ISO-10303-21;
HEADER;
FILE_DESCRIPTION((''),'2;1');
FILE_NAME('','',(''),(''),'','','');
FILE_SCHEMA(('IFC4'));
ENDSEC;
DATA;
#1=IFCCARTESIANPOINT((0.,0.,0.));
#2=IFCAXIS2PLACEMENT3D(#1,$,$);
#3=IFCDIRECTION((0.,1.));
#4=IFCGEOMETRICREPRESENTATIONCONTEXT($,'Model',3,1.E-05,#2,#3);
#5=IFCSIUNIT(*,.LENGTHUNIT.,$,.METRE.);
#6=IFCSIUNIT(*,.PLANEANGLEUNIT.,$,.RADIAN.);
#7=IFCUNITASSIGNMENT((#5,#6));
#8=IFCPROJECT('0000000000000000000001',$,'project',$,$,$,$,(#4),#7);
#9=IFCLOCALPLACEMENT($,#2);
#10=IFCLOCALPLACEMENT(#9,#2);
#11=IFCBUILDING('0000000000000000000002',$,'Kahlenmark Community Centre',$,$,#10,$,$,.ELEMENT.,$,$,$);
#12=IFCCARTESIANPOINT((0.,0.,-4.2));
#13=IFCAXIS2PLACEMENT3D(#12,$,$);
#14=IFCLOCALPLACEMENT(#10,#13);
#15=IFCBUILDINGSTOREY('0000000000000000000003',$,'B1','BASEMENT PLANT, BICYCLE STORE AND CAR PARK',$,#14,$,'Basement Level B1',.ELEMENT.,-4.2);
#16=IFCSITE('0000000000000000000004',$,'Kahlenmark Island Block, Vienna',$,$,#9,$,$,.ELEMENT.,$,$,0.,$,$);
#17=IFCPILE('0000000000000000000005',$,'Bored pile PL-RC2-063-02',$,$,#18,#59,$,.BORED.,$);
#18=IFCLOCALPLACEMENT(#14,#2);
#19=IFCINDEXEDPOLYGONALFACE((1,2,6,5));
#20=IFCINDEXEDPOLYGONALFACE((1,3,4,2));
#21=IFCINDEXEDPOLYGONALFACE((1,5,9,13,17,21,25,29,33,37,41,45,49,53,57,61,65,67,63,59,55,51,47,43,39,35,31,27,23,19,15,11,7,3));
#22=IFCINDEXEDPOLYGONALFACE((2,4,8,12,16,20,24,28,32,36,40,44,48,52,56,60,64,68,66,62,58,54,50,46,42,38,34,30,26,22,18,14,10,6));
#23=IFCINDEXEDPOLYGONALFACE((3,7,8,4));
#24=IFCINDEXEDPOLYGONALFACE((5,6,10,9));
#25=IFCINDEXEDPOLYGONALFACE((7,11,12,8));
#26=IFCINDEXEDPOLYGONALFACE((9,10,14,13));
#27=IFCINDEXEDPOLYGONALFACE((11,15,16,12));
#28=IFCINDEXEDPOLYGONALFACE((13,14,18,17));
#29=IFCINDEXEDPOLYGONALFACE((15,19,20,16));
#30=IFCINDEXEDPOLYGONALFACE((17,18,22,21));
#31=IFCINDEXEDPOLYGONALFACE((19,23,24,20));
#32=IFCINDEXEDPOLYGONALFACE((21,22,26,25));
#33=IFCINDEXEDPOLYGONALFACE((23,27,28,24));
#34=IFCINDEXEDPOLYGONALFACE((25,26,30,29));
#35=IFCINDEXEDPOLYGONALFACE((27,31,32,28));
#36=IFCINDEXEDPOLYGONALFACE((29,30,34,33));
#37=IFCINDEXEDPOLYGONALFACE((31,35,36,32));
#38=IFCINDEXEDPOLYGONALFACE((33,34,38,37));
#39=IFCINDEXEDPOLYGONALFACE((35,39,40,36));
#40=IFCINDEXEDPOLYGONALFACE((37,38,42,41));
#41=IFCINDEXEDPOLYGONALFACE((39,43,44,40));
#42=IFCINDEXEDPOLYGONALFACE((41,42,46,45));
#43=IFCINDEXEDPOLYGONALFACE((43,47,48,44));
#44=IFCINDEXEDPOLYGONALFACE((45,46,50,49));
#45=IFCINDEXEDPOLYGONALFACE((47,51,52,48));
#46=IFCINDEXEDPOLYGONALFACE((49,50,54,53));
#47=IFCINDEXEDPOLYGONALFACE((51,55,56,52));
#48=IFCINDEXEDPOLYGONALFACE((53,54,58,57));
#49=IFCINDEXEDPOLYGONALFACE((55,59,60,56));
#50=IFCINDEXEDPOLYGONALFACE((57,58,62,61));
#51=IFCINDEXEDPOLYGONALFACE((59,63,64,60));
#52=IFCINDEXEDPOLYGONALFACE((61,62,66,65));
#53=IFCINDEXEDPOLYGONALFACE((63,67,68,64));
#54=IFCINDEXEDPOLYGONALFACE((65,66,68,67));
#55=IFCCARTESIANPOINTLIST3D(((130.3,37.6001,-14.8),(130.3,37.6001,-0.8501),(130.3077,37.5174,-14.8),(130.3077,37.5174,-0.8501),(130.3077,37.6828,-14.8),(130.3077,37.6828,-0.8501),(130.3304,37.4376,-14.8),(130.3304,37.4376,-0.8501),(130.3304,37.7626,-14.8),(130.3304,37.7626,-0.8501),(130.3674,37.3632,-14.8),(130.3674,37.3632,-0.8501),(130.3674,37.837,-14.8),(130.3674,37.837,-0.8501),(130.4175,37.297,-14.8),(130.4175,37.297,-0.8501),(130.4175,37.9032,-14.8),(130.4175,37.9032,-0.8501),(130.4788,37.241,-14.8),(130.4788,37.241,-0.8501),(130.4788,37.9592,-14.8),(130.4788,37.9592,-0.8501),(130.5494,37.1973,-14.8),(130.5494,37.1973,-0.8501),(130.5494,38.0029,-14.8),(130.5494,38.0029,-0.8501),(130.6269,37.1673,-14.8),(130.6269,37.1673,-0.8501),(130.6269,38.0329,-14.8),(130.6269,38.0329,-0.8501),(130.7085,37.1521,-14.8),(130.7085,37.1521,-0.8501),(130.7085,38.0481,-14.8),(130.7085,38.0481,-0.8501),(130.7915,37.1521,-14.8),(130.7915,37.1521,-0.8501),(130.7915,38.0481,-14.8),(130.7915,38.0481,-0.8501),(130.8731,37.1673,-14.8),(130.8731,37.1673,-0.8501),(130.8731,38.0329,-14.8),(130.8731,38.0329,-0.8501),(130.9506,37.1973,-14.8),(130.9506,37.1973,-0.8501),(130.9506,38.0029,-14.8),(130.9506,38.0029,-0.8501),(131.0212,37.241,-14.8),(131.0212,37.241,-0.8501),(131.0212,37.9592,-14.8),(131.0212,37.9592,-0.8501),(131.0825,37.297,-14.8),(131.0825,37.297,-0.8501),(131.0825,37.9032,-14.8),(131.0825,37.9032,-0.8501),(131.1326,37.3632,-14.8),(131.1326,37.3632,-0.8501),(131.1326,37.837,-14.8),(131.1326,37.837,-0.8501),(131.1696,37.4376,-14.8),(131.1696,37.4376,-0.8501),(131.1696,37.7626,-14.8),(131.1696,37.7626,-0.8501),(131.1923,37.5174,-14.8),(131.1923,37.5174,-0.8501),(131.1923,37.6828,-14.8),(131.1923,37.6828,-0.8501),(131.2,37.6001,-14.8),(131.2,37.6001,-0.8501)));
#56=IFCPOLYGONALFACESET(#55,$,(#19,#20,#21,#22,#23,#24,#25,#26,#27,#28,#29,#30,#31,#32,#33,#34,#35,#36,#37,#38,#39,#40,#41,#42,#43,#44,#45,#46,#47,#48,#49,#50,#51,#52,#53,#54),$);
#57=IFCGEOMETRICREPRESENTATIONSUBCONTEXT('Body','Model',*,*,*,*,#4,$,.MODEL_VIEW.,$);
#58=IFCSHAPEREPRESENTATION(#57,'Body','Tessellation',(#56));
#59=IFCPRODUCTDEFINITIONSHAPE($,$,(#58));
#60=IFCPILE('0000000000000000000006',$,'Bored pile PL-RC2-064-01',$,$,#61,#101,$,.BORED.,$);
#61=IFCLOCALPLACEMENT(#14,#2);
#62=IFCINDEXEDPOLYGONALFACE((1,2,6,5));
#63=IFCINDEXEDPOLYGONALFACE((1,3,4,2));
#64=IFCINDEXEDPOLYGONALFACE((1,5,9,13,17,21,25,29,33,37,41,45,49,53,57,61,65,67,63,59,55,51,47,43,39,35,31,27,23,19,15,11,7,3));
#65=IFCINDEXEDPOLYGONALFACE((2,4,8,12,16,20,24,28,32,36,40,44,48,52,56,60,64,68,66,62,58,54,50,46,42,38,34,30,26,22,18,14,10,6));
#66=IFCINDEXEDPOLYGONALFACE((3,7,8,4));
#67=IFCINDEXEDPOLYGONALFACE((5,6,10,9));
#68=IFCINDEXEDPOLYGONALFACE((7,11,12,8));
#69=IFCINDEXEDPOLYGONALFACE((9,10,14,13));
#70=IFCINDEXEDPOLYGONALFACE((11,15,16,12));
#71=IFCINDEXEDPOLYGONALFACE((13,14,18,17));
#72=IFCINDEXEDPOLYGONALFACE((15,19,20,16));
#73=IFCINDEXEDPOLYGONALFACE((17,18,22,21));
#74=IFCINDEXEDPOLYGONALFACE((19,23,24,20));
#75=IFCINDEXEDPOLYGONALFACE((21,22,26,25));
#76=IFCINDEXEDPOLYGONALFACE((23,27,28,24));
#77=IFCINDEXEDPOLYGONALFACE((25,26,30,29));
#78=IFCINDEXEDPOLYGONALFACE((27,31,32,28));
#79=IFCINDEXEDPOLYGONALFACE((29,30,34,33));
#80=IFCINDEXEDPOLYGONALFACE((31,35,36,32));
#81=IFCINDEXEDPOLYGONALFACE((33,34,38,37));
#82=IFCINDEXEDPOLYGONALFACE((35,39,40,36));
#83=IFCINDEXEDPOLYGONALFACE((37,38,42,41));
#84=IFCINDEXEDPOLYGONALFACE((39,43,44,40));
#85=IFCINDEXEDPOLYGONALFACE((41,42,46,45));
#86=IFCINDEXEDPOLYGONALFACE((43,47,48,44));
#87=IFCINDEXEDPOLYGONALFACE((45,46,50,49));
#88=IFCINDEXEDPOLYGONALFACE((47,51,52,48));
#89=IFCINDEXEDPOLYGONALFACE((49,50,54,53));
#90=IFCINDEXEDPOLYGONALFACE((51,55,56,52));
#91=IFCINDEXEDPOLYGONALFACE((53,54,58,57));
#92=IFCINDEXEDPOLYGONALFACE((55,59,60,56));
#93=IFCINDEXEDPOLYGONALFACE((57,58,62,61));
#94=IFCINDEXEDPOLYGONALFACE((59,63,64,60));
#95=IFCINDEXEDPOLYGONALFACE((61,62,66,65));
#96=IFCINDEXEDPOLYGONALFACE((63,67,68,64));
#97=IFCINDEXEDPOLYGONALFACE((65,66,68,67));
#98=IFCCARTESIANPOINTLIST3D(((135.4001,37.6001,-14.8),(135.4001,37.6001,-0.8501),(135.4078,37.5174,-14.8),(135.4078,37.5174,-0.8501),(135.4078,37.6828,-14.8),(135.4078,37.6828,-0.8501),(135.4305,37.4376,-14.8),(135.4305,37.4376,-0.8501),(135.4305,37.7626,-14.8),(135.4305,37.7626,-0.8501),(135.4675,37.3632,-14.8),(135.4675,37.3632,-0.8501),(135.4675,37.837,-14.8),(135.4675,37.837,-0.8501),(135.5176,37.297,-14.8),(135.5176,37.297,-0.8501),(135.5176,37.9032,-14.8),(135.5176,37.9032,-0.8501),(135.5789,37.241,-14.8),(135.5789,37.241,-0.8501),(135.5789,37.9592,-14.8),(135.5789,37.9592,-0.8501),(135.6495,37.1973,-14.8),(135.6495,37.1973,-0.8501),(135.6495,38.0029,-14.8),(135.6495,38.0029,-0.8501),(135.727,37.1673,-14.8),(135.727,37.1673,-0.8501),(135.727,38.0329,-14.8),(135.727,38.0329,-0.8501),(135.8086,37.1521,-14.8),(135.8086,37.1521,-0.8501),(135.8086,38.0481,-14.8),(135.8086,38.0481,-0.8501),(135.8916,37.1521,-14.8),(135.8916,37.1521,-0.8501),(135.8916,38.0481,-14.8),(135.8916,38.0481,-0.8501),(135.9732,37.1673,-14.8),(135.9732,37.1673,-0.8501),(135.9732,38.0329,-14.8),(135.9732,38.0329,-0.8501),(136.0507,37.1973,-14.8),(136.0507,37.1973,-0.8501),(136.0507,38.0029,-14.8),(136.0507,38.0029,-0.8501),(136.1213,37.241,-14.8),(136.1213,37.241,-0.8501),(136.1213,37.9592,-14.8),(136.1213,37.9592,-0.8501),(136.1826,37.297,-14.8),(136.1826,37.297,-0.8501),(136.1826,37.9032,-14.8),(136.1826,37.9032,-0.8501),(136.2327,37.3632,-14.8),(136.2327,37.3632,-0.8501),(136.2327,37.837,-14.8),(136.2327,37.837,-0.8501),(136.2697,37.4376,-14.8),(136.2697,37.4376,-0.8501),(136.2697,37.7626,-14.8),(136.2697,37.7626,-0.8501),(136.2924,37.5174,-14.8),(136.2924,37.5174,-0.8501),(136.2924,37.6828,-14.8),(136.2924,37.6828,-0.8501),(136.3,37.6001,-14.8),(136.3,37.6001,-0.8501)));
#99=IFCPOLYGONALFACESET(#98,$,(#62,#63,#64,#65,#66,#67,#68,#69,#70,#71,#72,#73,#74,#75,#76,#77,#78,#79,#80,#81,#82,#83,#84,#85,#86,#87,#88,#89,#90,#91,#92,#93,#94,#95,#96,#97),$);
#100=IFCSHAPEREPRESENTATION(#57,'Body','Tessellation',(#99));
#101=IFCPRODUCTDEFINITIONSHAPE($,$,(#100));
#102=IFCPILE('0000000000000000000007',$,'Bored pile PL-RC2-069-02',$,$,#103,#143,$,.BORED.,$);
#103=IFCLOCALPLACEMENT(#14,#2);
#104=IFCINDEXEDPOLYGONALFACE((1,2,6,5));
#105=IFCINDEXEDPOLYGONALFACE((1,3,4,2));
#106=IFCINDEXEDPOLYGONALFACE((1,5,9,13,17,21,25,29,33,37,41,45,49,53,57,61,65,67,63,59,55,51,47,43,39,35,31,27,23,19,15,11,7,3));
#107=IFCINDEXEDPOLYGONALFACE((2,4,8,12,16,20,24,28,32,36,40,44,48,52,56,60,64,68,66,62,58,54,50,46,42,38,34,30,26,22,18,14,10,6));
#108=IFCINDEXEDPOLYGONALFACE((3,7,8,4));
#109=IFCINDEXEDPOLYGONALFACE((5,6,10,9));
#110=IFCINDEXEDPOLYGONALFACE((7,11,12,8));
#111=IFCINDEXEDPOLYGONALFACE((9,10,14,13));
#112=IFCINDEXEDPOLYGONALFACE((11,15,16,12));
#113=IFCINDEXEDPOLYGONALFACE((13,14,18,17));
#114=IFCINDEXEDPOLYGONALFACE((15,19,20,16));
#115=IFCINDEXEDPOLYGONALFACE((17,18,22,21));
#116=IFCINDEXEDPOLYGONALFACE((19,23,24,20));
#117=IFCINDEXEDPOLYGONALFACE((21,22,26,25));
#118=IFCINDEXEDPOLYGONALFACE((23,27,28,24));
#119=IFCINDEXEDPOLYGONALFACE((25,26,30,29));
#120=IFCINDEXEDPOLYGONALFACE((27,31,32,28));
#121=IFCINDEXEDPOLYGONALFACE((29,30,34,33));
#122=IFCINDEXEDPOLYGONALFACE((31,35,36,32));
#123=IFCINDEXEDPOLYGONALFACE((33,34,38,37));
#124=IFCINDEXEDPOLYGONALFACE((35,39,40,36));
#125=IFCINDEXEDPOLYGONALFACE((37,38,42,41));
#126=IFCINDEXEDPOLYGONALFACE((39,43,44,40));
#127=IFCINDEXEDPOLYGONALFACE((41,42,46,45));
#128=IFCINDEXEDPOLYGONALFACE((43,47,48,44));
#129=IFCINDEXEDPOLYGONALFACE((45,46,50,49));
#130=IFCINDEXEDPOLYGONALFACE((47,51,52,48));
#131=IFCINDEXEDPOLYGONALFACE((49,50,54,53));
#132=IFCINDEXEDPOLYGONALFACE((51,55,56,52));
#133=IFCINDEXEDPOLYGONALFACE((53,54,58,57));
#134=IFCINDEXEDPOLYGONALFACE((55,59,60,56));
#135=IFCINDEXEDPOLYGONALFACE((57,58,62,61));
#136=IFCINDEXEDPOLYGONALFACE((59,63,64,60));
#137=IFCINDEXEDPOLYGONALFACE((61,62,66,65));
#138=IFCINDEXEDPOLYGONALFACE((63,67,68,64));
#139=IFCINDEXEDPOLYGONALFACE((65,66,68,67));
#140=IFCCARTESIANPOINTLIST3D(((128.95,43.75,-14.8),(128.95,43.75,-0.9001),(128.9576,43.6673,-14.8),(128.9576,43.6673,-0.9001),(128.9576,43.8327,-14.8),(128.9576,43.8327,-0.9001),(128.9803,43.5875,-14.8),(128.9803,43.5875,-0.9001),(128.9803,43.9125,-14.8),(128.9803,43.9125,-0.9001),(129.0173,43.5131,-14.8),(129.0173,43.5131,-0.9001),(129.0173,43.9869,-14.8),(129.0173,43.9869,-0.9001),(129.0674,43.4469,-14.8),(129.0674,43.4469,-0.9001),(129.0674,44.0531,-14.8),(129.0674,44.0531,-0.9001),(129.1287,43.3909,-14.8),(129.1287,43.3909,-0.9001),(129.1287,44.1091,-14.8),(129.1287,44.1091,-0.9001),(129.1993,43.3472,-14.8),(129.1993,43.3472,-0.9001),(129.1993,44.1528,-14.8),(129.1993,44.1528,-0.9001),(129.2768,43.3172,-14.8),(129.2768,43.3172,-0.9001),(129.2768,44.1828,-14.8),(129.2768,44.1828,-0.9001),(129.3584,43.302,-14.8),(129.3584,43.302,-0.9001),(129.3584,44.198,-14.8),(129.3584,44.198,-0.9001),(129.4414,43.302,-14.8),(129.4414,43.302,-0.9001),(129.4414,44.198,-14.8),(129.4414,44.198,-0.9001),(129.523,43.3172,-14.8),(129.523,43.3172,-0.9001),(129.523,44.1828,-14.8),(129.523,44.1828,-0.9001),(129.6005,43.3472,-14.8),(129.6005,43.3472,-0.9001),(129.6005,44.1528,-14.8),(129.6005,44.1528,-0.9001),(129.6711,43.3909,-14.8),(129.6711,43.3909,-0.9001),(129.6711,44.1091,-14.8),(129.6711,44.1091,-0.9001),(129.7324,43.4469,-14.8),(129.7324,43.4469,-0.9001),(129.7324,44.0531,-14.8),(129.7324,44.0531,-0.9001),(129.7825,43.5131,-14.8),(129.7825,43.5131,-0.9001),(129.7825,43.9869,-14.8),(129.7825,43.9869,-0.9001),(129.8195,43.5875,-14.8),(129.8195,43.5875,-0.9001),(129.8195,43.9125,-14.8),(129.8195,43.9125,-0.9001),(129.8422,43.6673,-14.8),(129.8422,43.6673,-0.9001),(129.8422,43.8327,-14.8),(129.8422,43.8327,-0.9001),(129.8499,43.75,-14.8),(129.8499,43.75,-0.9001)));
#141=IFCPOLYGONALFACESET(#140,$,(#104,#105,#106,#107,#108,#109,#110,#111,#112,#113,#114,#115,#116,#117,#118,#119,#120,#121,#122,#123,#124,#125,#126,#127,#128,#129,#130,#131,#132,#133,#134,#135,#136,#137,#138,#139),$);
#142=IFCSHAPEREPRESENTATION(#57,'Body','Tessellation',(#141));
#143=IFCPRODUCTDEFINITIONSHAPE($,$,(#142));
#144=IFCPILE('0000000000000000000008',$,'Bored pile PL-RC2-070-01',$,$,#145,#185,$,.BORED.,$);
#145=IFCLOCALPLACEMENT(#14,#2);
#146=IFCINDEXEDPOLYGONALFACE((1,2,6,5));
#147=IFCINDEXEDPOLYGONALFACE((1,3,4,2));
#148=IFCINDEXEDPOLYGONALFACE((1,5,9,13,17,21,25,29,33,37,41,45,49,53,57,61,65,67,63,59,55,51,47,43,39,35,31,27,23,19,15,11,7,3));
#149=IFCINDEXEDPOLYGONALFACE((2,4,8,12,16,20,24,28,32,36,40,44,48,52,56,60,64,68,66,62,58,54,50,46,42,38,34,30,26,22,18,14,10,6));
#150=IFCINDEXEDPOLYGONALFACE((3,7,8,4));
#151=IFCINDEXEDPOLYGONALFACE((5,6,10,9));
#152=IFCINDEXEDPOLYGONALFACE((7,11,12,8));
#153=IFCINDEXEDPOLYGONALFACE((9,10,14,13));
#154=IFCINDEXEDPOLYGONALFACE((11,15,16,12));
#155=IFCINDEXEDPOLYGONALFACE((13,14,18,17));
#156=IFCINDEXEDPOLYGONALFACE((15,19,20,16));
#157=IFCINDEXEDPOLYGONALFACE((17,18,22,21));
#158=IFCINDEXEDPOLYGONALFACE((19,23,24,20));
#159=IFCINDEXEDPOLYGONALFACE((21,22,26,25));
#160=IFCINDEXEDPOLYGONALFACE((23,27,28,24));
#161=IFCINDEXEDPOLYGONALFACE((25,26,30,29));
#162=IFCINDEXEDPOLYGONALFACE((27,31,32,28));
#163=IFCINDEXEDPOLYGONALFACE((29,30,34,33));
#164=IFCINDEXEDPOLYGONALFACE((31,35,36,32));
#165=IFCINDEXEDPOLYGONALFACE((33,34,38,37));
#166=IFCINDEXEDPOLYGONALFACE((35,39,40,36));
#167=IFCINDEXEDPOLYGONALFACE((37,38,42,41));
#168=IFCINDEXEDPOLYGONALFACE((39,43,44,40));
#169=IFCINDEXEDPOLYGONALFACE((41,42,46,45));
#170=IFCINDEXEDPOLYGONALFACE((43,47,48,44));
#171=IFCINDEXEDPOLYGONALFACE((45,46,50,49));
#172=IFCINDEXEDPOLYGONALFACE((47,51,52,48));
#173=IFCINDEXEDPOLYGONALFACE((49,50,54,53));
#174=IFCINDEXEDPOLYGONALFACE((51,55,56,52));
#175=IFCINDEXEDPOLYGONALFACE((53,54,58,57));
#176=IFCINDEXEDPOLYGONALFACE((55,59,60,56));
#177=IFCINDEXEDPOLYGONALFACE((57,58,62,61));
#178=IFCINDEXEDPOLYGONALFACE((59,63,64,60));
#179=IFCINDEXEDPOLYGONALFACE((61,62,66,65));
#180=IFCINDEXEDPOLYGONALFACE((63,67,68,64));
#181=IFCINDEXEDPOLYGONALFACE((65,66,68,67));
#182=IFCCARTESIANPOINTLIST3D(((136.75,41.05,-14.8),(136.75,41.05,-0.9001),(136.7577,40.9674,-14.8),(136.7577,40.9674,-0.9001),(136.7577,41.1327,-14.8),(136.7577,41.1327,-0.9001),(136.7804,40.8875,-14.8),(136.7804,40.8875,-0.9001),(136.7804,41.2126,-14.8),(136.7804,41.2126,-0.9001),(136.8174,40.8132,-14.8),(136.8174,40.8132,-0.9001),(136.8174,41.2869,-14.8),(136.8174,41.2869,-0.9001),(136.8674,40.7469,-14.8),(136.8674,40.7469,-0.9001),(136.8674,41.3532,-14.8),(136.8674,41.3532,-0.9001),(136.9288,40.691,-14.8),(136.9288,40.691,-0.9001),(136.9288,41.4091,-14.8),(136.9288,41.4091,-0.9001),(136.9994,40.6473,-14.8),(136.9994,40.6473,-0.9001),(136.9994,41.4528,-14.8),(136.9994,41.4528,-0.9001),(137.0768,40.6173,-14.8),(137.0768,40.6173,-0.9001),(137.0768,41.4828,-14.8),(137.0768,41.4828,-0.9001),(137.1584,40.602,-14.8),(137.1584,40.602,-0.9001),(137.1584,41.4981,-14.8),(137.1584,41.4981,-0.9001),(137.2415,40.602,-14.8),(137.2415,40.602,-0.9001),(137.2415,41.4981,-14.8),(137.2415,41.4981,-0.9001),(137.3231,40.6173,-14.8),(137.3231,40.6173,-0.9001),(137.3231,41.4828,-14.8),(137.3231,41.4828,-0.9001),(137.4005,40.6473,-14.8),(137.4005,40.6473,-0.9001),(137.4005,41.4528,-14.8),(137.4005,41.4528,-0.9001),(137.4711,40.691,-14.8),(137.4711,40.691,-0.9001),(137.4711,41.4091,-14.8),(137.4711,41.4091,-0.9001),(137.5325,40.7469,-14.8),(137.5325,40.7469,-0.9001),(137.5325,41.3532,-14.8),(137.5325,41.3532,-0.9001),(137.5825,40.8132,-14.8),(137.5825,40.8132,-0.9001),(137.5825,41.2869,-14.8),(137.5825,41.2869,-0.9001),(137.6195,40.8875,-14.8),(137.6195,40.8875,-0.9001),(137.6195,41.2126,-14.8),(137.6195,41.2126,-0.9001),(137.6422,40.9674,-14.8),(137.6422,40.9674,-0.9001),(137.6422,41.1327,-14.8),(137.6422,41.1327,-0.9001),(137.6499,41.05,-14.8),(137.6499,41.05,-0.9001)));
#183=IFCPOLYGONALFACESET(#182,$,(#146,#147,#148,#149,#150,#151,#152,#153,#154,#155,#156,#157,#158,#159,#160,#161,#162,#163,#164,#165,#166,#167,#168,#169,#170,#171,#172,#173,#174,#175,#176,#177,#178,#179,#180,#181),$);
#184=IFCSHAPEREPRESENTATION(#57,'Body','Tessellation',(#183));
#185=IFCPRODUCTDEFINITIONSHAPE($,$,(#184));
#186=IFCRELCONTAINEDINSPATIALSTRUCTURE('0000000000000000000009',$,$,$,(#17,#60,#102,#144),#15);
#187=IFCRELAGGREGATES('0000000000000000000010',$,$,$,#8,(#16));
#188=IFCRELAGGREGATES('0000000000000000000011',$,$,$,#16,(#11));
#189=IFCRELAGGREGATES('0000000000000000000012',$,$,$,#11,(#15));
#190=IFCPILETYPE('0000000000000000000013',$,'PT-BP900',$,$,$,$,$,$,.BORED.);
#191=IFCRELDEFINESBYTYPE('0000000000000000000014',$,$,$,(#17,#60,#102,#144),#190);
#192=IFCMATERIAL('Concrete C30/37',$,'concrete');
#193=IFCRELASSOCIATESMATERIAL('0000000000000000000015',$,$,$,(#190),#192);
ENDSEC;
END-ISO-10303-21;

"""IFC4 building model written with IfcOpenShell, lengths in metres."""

from ifc_helpers import new_model, si_unit, direction, frame, origin, origin_2d, place, context, subcontext, project, spatial, circle, extrude, material, material_profile, profile_set, type_object, element, save


model = new_model("IFC4")

# Units and contexts
model_context = context("Model", 3, precision=1e-05, world=origin(), true_north=direction((0.0, 1.0)))
body_context = subcontext(model_context, "Body", "Model", "MODEL_VIEW")
ifc_project = project(units=[si_unit("LENGTHUNIT", "METRE"), si_unit("PLANEANGLEUNIT", "RADIAN")], contexts=[model_context])

# Site, building, storey
site_placement = place(None, origin())
site = spatial("IfcSite", under=ifc_project, at=site_placement, Name="Kahlenmark Island Block, Vienna", CompositionType="ELEMENT", RefElevation=0.0)
building_placement = place(site_placement, origin())
building = spatial("IfcBuilding", under=site, at=building_placement, Name="Kahlenmark Community Centre", CompositionType="ELEMENT")
storey_placement = place(building_placement, frame((0.0, 0.0, -4.2)))
storey = spatial("IfcBuildingStorey", under=building, at=storey_placement, Name="B1", Description="BASEMENT PLANT, BICYCLE STORE AND CAR PARK", LongName="Basement Level B1", CompositionType="ELEMENT", Elevation=-4.2)

# Shared definitions
ifc_material_1 = material(Name="Concrete C30/37", Category="concrete")

# Piles
ifc_material_profile_1 = material_profile(ifc_material_1, circle(Radius=0.45, at=origin_2d()), Name="BORED PILE 900")
ifc_profile_set_1 = profile_set([ifc_material_profile_1], Name="Concrete C30/37")
pile_type_1 = type_object("IfcPileType", Name="PT-BP900", PredefinedType="BORED", material=ifc_profile_set_1)
for number, where, z_axis, x_axis, name in (
    (1, (130.75, 37.6001, -0.8501), (0.0, 0.0, -1.0), (1.0, 0.0, 0.0), "Bored pile PL-RC2-063-02"),
    (2, (135.8501, 37.6001, -0.8501), (0.0, 0.0, -1.0), (1.0, 0.0, 0.0), "Bored pile PL-RC2-064-01"),
):
    element("IfcPile", number, at=place(storey_placement, frame(where, z_axis=z_axis, x_axis=x_axis)), inside=storey, type_object=pile_type_1, Name=name, PredefinedType="BORED", context=body_context, shape_type="SweptSolid", body=[
        extrude(circle(Radius=0.45, at=origin_2d()), origin(), (0.0, 0.0, 1.0), 13.95),
    ])
for number, where, z_axis, x_axis, name in (
    (3, (129.3999, 43.75, -0.9001), (0.0, 0.0, -1.0), (1.0, 0.0, 0.0), "Bored pile PL-RC2-069-02"),
    (4, (137.2, 41.05, -0.9001), (0.0, 0.0, -1.0), (1.0, 0.0, 0.0), "Bored pile PL-RC2-070-01"),
):
    element("IfcPile", number, at=place(storey_placement, frame(where, z_axis=z_axis, x_axis=x_axis)), inside=storey, type_object=pile_type_1, Name=name, PredefinedType="BORED", context=body_context, shape_type="SweptSolid", body=[
        extrude(circle(Radius=0.45, at=origin_2d()), origin(), (0.0, 0.0, 1.0), 13.8999),
    ])

save(model, "model.ifc")
